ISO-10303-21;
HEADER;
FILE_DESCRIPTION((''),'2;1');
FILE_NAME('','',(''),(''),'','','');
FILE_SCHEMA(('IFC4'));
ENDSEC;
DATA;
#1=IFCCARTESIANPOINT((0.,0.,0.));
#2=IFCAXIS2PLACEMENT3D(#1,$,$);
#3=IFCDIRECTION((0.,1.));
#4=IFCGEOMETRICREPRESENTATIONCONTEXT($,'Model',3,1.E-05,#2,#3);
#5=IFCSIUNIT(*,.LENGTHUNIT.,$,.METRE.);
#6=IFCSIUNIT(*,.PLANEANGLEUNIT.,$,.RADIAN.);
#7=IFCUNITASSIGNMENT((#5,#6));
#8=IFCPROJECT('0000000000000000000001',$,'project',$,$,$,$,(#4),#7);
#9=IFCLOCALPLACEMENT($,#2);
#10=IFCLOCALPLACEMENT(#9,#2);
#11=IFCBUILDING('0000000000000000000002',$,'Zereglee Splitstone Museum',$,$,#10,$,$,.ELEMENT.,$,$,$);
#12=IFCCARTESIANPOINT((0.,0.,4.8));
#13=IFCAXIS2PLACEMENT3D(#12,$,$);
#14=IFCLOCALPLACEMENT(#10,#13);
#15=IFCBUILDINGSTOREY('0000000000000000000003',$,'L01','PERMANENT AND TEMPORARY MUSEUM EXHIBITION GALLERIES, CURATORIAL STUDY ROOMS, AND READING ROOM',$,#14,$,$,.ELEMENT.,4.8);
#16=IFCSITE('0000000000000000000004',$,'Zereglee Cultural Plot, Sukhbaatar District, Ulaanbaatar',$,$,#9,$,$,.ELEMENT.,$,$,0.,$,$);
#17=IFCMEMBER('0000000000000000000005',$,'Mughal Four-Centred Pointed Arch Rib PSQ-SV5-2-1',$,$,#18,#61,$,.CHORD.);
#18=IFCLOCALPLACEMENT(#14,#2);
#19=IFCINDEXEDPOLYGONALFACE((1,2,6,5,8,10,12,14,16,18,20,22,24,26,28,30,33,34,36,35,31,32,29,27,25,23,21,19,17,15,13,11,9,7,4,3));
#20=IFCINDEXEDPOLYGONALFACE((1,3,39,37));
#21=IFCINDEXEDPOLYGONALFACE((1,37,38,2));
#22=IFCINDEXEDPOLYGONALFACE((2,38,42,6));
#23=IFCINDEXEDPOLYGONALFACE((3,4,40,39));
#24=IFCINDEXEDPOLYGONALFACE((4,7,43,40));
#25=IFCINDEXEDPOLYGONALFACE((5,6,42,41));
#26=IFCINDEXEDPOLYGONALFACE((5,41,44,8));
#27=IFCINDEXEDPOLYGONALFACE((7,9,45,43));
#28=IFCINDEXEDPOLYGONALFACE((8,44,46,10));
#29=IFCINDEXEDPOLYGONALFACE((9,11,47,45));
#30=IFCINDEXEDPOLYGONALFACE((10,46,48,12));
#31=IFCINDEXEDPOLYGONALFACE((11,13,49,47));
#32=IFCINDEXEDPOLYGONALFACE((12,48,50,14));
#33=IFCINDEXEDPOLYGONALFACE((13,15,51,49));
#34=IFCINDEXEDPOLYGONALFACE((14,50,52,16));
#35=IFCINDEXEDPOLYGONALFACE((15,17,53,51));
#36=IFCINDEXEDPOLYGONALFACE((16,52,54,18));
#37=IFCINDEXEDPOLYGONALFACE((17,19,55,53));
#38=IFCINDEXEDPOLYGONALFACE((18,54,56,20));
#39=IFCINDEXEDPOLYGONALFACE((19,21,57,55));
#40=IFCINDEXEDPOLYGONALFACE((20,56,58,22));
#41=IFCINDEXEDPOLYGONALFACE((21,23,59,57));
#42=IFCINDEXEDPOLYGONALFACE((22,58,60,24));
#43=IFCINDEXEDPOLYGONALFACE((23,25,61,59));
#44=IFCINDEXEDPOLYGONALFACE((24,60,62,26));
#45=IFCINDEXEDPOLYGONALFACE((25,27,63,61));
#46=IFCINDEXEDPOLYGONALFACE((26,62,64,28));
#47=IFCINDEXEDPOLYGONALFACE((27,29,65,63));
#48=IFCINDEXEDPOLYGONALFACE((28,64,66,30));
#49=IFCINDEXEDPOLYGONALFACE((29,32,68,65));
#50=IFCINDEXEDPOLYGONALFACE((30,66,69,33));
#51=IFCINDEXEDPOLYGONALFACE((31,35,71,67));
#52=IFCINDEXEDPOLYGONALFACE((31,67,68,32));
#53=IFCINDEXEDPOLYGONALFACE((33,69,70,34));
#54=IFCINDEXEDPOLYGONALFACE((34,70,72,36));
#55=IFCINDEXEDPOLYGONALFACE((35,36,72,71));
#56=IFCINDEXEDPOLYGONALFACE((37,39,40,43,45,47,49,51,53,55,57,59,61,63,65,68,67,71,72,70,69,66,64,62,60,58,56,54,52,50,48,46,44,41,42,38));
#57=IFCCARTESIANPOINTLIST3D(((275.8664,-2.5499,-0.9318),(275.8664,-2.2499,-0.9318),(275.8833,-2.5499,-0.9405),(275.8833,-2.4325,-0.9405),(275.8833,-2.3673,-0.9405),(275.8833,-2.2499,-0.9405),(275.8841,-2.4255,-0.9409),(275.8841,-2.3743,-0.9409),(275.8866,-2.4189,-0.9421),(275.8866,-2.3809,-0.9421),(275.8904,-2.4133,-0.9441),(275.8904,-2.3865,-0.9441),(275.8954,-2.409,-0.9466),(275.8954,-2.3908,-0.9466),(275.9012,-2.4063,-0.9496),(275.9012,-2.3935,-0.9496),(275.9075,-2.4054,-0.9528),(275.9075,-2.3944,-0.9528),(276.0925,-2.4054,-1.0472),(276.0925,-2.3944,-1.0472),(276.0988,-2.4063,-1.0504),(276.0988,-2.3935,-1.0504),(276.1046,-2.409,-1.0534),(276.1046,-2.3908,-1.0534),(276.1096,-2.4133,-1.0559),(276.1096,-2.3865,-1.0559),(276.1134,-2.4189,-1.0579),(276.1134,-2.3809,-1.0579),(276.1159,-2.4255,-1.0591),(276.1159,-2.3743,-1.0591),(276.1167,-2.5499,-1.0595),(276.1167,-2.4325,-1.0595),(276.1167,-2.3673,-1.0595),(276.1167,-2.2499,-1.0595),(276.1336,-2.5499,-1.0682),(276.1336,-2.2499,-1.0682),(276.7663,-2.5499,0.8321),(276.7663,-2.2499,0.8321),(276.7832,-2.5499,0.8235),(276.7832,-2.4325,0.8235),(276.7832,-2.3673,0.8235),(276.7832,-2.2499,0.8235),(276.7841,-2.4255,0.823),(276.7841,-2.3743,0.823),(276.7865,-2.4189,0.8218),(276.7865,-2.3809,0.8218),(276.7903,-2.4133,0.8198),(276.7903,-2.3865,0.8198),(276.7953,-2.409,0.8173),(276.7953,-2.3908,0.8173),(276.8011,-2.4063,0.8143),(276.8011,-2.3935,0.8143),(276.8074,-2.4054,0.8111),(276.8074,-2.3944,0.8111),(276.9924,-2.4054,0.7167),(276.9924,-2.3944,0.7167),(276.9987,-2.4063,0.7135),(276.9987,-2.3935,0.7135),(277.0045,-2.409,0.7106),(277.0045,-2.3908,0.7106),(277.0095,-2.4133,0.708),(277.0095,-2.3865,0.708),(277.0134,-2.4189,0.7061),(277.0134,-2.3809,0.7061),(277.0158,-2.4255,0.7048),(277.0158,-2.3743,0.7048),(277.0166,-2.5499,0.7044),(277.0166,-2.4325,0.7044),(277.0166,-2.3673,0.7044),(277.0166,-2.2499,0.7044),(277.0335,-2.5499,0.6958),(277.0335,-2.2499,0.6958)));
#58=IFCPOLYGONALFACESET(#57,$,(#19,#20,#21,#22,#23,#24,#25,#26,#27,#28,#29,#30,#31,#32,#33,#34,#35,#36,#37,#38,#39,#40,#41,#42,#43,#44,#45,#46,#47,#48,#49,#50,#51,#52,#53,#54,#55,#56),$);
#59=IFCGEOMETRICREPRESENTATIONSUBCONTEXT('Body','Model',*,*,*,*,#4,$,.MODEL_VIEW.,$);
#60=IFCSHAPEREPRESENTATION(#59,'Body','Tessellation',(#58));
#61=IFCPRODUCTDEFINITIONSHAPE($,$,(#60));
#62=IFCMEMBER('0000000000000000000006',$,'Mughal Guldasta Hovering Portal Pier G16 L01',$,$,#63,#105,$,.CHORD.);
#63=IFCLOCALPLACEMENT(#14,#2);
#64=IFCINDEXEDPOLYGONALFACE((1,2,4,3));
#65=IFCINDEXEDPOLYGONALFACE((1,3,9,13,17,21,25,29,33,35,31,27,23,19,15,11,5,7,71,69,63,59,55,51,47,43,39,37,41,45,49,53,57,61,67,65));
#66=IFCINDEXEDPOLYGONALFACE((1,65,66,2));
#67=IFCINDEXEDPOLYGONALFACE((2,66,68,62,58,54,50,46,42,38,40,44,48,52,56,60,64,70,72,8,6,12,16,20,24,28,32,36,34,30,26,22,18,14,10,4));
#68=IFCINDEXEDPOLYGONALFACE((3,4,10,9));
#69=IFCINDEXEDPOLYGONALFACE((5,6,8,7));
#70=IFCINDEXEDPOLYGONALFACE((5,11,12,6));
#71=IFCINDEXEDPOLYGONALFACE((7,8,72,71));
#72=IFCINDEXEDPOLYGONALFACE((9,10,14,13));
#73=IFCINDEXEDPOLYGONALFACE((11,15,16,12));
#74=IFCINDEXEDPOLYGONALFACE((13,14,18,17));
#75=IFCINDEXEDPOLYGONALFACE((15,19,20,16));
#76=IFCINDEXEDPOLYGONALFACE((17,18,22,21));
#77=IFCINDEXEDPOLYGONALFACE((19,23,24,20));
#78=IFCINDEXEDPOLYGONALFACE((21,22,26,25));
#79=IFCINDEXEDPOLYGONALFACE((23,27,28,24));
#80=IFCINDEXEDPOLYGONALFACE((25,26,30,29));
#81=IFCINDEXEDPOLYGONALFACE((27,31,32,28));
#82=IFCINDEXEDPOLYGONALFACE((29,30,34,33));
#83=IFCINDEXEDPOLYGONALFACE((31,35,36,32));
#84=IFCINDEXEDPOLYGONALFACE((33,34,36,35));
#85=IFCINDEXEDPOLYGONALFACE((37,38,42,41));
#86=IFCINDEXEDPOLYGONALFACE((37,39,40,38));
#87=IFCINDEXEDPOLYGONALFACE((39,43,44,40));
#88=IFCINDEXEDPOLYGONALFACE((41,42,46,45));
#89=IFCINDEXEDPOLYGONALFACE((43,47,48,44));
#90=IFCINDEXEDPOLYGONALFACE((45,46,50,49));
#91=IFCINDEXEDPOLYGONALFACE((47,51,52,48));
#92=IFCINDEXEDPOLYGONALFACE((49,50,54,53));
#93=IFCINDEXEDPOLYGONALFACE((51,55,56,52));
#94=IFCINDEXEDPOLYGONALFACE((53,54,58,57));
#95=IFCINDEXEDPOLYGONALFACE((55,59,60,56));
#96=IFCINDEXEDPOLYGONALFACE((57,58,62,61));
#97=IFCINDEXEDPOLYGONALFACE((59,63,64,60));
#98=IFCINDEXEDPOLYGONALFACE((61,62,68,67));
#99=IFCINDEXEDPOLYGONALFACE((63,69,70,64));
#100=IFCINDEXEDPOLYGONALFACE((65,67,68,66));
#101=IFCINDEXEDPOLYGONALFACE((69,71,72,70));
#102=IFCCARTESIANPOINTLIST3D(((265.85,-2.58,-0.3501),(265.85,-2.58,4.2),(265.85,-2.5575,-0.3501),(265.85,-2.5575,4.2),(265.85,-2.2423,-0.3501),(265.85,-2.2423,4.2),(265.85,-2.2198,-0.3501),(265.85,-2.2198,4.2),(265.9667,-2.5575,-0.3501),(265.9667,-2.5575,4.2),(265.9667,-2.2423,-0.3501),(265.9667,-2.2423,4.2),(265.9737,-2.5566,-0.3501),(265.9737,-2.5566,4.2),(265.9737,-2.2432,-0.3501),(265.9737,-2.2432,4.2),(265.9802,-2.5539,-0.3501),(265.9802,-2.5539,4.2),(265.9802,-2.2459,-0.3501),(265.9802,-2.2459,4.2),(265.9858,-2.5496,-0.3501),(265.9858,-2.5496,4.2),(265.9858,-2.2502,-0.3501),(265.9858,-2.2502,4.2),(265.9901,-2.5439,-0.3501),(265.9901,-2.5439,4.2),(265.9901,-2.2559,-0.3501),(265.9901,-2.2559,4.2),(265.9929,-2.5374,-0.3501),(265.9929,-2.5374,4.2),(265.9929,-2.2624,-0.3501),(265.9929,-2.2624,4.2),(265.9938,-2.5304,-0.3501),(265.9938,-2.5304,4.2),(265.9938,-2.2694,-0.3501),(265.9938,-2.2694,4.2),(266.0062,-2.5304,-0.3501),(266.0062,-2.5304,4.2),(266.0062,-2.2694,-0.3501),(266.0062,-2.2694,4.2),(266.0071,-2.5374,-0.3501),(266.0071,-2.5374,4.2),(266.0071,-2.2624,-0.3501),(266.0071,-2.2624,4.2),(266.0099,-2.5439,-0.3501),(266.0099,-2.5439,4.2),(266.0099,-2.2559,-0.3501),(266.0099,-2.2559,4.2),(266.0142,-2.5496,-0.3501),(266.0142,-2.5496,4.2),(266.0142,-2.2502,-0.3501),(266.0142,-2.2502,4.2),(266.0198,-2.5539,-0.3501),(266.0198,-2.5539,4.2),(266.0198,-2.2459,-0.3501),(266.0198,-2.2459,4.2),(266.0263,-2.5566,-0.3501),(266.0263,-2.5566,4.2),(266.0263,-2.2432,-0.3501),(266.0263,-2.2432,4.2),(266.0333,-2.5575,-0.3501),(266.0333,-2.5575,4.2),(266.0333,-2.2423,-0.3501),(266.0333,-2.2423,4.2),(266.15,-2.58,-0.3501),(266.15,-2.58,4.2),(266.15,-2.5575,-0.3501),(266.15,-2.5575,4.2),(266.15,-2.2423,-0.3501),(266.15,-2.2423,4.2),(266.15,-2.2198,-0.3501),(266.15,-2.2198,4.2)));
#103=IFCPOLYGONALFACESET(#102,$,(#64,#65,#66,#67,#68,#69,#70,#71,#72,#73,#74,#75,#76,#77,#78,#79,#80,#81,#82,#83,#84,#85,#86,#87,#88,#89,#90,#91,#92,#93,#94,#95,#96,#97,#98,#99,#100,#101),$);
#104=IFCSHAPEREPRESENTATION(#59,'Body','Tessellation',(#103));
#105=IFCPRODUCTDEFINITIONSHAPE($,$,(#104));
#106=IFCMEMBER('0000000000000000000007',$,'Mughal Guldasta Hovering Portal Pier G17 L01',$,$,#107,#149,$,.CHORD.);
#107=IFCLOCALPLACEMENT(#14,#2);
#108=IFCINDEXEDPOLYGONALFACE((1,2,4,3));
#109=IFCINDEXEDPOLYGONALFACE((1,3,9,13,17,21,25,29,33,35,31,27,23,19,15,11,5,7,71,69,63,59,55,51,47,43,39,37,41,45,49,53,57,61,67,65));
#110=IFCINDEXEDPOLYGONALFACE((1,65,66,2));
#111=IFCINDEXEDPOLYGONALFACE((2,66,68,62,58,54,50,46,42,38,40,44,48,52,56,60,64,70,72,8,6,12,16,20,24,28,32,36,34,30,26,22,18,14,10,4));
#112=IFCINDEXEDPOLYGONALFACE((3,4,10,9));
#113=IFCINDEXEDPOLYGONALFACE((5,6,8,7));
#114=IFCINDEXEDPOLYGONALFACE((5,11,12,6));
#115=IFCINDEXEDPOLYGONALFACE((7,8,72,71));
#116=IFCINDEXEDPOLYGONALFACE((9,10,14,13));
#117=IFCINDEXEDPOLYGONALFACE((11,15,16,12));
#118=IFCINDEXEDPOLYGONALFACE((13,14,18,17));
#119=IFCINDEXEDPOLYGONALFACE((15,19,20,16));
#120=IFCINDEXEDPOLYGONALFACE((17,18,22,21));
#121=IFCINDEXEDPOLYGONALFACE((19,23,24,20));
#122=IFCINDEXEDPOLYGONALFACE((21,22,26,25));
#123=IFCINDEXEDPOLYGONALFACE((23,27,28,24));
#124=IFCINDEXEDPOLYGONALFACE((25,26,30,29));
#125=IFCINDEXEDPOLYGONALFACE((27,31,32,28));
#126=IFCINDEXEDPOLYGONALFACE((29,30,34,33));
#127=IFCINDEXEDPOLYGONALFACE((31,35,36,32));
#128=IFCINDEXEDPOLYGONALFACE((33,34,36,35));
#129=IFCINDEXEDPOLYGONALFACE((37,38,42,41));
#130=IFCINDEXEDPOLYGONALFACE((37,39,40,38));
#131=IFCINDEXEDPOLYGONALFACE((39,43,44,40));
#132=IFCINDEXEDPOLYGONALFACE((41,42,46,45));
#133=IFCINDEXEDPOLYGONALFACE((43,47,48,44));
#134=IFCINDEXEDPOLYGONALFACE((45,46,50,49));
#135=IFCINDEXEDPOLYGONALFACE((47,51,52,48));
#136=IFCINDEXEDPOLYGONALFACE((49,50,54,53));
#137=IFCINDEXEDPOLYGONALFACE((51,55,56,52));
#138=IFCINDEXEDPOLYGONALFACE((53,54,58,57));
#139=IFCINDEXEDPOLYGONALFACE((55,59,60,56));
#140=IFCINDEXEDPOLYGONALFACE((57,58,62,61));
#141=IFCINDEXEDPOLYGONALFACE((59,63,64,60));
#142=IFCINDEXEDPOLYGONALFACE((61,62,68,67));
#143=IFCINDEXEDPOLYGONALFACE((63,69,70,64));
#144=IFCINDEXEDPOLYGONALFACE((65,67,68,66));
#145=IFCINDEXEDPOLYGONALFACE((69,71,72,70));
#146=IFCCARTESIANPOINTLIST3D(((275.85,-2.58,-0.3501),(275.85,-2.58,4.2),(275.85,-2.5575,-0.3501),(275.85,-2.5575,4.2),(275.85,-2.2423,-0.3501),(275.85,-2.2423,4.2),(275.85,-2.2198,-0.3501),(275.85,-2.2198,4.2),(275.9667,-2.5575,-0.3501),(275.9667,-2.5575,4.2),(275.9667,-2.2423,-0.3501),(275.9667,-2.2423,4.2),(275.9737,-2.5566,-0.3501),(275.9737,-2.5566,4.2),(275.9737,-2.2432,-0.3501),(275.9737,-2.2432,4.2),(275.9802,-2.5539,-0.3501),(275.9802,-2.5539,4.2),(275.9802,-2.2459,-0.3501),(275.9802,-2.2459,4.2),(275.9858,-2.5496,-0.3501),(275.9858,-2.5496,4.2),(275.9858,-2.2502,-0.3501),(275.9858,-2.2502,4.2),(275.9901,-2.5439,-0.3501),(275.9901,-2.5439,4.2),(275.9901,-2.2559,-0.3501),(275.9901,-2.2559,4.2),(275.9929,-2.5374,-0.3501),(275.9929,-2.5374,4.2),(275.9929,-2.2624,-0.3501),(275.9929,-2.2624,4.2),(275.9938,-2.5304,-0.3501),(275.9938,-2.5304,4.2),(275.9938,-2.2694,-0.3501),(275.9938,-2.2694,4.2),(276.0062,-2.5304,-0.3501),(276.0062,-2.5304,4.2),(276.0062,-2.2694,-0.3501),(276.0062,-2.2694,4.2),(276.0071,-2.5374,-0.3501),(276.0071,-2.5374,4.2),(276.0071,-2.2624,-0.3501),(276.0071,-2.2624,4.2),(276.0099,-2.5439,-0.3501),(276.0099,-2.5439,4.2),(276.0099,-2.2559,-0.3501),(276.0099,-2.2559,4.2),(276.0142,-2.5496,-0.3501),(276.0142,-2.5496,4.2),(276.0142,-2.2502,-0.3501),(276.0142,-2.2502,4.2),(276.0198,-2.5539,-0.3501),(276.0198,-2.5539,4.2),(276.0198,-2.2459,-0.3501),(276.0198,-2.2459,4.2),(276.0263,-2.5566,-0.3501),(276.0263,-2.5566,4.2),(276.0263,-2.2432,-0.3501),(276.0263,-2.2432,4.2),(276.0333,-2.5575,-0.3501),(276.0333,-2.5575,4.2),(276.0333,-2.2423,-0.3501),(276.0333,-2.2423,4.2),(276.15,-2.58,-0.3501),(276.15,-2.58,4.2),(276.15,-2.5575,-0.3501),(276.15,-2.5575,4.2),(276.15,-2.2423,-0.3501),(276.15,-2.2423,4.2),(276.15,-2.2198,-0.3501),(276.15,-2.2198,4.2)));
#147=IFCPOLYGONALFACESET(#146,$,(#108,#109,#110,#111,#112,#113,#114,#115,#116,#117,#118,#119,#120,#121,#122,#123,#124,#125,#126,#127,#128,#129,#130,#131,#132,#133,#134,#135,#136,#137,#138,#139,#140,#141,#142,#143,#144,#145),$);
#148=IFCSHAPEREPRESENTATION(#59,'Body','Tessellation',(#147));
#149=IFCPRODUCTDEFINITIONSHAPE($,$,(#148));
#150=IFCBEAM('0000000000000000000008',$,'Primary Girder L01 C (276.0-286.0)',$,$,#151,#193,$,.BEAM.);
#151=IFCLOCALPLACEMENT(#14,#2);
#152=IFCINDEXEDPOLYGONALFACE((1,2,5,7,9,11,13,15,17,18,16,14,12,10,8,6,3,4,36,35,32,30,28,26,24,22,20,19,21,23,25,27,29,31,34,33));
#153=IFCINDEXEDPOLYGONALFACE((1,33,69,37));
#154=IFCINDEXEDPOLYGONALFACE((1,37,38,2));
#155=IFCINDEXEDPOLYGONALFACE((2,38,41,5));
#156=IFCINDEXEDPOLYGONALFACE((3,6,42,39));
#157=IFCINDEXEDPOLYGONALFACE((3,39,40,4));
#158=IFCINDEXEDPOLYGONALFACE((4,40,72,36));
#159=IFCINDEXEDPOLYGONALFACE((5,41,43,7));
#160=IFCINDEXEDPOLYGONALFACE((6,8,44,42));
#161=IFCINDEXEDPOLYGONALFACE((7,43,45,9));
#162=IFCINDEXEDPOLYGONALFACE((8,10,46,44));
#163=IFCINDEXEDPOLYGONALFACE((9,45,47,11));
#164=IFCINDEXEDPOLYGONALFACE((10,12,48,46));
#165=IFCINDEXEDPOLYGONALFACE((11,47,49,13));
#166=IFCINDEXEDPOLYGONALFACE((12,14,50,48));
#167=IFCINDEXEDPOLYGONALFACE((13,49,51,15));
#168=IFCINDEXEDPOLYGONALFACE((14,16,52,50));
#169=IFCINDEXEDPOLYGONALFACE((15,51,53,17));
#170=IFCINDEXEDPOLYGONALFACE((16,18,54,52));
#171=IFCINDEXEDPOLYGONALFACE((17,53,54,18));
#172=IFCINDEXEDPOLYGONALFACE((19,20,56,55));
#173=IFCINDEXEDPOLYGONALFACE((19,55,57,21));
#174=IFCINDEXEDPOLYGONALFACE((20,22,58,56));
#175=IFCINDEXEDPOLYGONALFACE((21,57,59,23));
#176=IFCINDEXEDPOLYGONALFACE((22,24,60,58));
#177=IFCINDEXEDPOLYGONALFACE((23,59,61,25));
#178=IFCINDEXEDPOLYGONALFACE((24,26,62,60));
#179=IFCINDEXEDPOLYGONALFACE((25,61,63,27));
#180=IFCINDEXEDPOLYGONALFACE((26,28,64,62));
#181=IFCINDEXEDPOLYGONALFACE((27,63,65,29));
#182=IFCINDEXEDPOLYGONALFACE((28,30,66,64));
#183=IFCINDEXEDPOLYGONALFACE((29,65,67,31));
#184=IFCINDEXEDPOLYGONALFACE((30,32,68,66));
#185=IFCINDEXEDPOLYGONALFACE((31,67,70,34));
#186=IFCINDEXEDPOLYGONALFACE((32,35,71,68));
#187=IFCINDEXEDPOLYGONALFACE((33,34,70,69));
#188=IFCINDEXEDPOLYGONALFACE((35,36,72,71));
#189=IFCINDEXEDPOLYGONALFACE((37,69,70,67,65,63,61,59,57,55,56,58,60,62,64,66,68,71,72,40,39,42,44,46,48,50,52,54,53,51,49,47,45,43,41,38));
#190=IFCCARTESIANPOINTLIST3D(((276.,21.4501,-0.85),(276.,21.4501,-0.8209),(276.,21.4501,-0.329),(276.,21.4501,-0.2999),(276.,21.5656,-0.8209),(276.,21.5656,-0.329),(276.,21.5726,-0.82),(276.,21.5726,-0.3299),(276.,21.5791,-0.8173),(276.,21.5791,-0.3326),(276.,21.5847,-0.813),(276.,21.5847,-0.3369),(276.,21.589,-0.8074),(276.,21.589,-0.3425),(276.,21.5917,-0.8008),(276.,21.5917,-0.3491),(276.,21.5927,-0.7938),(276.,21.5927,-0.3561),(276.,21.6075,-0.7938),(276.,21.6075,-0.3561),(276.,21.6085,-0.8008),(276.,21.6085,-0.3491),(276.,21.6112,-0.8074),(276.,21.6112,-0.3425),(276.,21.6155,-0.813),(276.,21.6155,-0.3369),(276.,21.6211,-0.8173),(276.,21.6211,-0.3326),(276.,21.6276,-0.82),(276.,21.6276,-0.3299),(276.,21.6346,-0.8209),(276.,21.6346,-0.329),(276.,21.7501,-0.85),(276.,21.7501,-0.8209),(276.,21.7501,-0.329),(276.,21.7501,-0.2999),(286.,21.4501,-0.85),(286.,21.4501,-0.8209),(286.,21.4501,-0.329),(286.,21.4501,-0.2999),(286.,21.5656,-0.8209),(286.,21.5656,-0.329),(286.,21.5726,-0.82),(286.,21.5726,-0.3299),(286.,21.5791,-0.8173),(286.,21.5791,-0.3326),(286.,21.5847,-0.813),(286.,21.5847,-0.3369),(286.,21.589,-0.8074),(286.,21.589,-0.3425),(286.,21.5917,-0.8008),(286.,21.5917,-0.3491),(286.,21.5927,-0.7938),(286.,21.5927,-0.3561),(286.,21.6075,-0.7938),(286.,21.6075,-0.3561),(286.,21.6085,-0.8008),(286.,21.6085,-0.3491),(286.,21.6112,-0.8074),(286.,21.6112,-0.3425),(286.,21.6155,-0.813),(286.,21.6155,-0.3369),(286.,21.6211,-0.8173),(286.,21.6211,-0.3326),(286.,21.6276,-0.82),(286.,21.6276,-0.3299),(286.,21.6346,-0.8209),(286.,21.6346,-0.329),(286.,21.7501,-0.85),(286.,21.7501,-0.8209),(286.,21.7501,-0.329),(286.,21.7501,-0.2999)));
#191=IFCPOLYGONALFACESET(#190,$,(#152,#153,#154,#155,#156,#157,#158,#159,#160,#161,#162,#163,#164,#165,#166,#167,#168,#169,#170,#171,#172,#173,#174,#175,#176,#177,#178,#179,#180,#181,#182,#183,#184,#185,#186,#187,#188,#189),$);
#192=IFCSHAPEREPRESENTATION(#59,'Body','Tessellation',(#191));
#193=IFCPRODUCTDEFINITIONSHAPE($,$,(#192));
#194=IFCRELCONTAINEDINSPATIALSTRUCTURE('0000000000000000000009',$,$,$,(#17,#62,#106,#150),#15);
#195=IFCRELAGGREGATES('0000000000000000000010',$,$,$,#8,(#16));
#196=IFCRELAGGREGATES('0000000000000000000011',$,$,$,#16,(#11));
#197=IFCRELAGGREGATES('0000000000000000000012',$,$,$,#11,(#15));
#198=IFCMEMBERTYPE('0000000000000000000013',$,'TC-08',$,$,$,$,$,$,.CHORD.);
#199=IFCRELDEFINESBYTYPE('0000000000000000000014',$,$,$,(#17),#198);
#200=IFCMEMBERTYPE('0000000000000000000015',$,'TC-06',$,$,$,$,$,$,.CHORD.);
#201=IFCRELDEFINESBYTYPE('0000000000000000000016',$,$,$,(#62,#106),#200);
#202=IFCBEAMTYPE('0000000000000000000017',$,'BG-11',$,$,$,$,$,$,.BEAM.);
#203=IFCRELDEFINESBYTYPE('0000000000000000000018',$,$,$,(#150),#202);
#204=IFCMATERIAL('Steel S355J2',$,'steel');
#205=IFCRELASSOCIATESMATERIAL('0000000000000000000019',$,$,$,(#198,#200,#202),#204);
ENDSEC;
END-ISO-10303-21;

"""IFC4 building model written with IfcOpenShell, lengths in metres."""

from ifc_helpers import new_model, si_unit, direction, frame, origin, origin_2d, place, context, subcontext, project, spatial, i_section, extrude, material, material_profile, profile_set, type_object, element, save


model = new_model("IFC4")

# Units and contexts
model_context = context("Model", 3, precision=1e-05, world=origin(), true_north=direction((0.0, 1.0)))
body_context = subcontext(model_context, "Body", "Model", "MODEL_VIEW")
ifc_project = project(units=[si_unit("LENGTHUNIT", "METRE"), si_unit("PLANEANGLEUNIT", "RADIAN")], contexts=[model_context])

# Site, building, storey
site_placement = place(None, origin())
site = spatial("IfcSite", under=ifc_project, at=site_placement, Name="Zereglee Cultural Plot, Sukhbaatar District, Ulaanbaatar", CompositionType="ELEMENT", RefElevation=0.0)
building_placement = place(site_placement, origin())
building = spatial("IfcBuilding", under=site, at=building_placement, Name="Zereglee Splitstone Museum", CompositionType="ELEMENT")
storey_placement = place(building_placement, frame((0.0, 0.0, 4.8)))
storey = spatial("IfcBuildingStorey", under=building, at=storey_placement, Name="L01", Description="PERMANENT AND TEMPORARY MUSEUM EXHIBITION GALLERIES, CURATORIAL STUDY ROOMS, AND READING ROOM", CompositionType="ELEMENT", Elevation=4.8)

# Shared definitions
ifc_material_1 = material(Name="Steel S355J2", Category="steel")

# Members
ifc_material_profile_1 = material_profile(ifc_material_1, i_section(OverallWidth=0.3, OverallDepth=0.3, WebThickness=0.011, FlangeThickness=0.019, FilletRadius=0.0271, at=origin_2d()), Name="HE 300 B")
ifc_profile_set_1 = profile_set([ifc_material_profile_1], Name="Steel S355J2")
member_type_1 = type_object("IfcMemberType", Name="TC-08", PredefinedType="CHORD", material=ifc_profile_set_1)
for number, where, z_axis, x_axis, name in (
    (1, (276.0, -2.3999, -1.0), (0.454448, 0.0, 0.890773), (0.0, 1.0, 0.0), "Mughal Four-Centred Pointed Arch Rib PSQ-SV5-2-1"),
):
    element("IfcMember", number, at=place(storey_placement, frame(where, z_axis=z_axis, x_axis=x_axis)), inside=storey, type_object=member_type_1, Name=name, PredefinedType="CHORD", context=body_context, shape_type="SweptSolid", body=[
        extrude(i_section(OverallWidth=0.3, OverallDepth=0.3, WebThickness=0.011, FlangeThickness=0.019, FilletRadius=0.0271, at=origin_2d()), origin(), (0.0, 0.0, 1.0), 1.9802),
    ])
ifc_material_profile_2 = material_profile(ifc_material_1, i_section(OverallWidth=0.3, OverallDepth=0.3601, WebThickness=0.0125, FlangeThickness=0.0225, FilletRadius=0.0271, at=origin_2d()), Name="HE 360 B")
ifc_profile_set_2 = profile_set([ifc_material_profile_2], Name="Steel S355J2")
member_type_2 = type_object("IfcMemberType", Name="TC-06", PredefinedType="CHORD", material=ifc_profile_set_2)
for number, where, z_axis, x_axis, name in (
    (2, (266.0, -2.3999, -0.3501), (0.0, 0.0, 1.0), (1.0, 0.0, 0.0), "Mughal Guldasta Hovering Portal Pier G16 L01"),
    (3, (276.0, -2.3999, -0.3501), (0.0, 0.0, 1.0), (1.0, 0.0, 0.0), "Mughal Guldasta Hovering Portal Pier G17 L01"),
):
    element("IfcMember", number, at=place(storey_placement, frame(where, z_axis=z_axis, x_axis=x_axis)), inside=storey, type_object=member_type_2, Name=name, PredefinedType="CHORD", context=body_context, shape_type="SweptSolid", body=[
        extrude(i_section(OverallWidth=0.3, OverallDepth=0.3601, WebThickness=0.0125, FlangeThickness=0.0225, FilletRadius=0.0271, at=origin_2d()), origin(), (0.0, 0.0, 1.0), 4.55),
    ])

# Beam
ifc_material_profile_3 = material_profile(ifc_material_1, i_section(OverallWidth=0.3, OverallDepth=0.55, WebThickness=0.0149, FlangeThickness=0.0291, FilletRadius=0.0271, at=origin_2d()), Name="HE 550 B")
ifc_profile_set_3 = profile_set([ifc_material_profile_3], Name="Steel S355J2")
beam_type_1 = type_object("IfcBeamType", Name="BG-11", PredefinedType="BEAM", material=ifc_profile_set_3)
beam_1_placement = place(storey_placement, frame((276.0, 21.6001, -0.575), z_axis=(1.0, 0.0, 0.0), x_axis=(0.0, 1.0, 0.0)))
element("IfcBeam", 4, at=beam_1_placement, inside=storey, type_object=beam_type_1, Name="Primary Girder L01 C (276.0-286.0)", PredefinedType="BEAM", context=body_context, shape_type="SweptSolid", body=[
    extrude(i_section(OverallWidth=0.3, OverallDepth=0.55, WebThickness=0.0149, FlangeThickness=0.0291, FilletRadius=0.0271, at=origin_2d()), origin(), (0.0, 0.0, 1.0), 10.0),
])

save(model, "model.ifc")
